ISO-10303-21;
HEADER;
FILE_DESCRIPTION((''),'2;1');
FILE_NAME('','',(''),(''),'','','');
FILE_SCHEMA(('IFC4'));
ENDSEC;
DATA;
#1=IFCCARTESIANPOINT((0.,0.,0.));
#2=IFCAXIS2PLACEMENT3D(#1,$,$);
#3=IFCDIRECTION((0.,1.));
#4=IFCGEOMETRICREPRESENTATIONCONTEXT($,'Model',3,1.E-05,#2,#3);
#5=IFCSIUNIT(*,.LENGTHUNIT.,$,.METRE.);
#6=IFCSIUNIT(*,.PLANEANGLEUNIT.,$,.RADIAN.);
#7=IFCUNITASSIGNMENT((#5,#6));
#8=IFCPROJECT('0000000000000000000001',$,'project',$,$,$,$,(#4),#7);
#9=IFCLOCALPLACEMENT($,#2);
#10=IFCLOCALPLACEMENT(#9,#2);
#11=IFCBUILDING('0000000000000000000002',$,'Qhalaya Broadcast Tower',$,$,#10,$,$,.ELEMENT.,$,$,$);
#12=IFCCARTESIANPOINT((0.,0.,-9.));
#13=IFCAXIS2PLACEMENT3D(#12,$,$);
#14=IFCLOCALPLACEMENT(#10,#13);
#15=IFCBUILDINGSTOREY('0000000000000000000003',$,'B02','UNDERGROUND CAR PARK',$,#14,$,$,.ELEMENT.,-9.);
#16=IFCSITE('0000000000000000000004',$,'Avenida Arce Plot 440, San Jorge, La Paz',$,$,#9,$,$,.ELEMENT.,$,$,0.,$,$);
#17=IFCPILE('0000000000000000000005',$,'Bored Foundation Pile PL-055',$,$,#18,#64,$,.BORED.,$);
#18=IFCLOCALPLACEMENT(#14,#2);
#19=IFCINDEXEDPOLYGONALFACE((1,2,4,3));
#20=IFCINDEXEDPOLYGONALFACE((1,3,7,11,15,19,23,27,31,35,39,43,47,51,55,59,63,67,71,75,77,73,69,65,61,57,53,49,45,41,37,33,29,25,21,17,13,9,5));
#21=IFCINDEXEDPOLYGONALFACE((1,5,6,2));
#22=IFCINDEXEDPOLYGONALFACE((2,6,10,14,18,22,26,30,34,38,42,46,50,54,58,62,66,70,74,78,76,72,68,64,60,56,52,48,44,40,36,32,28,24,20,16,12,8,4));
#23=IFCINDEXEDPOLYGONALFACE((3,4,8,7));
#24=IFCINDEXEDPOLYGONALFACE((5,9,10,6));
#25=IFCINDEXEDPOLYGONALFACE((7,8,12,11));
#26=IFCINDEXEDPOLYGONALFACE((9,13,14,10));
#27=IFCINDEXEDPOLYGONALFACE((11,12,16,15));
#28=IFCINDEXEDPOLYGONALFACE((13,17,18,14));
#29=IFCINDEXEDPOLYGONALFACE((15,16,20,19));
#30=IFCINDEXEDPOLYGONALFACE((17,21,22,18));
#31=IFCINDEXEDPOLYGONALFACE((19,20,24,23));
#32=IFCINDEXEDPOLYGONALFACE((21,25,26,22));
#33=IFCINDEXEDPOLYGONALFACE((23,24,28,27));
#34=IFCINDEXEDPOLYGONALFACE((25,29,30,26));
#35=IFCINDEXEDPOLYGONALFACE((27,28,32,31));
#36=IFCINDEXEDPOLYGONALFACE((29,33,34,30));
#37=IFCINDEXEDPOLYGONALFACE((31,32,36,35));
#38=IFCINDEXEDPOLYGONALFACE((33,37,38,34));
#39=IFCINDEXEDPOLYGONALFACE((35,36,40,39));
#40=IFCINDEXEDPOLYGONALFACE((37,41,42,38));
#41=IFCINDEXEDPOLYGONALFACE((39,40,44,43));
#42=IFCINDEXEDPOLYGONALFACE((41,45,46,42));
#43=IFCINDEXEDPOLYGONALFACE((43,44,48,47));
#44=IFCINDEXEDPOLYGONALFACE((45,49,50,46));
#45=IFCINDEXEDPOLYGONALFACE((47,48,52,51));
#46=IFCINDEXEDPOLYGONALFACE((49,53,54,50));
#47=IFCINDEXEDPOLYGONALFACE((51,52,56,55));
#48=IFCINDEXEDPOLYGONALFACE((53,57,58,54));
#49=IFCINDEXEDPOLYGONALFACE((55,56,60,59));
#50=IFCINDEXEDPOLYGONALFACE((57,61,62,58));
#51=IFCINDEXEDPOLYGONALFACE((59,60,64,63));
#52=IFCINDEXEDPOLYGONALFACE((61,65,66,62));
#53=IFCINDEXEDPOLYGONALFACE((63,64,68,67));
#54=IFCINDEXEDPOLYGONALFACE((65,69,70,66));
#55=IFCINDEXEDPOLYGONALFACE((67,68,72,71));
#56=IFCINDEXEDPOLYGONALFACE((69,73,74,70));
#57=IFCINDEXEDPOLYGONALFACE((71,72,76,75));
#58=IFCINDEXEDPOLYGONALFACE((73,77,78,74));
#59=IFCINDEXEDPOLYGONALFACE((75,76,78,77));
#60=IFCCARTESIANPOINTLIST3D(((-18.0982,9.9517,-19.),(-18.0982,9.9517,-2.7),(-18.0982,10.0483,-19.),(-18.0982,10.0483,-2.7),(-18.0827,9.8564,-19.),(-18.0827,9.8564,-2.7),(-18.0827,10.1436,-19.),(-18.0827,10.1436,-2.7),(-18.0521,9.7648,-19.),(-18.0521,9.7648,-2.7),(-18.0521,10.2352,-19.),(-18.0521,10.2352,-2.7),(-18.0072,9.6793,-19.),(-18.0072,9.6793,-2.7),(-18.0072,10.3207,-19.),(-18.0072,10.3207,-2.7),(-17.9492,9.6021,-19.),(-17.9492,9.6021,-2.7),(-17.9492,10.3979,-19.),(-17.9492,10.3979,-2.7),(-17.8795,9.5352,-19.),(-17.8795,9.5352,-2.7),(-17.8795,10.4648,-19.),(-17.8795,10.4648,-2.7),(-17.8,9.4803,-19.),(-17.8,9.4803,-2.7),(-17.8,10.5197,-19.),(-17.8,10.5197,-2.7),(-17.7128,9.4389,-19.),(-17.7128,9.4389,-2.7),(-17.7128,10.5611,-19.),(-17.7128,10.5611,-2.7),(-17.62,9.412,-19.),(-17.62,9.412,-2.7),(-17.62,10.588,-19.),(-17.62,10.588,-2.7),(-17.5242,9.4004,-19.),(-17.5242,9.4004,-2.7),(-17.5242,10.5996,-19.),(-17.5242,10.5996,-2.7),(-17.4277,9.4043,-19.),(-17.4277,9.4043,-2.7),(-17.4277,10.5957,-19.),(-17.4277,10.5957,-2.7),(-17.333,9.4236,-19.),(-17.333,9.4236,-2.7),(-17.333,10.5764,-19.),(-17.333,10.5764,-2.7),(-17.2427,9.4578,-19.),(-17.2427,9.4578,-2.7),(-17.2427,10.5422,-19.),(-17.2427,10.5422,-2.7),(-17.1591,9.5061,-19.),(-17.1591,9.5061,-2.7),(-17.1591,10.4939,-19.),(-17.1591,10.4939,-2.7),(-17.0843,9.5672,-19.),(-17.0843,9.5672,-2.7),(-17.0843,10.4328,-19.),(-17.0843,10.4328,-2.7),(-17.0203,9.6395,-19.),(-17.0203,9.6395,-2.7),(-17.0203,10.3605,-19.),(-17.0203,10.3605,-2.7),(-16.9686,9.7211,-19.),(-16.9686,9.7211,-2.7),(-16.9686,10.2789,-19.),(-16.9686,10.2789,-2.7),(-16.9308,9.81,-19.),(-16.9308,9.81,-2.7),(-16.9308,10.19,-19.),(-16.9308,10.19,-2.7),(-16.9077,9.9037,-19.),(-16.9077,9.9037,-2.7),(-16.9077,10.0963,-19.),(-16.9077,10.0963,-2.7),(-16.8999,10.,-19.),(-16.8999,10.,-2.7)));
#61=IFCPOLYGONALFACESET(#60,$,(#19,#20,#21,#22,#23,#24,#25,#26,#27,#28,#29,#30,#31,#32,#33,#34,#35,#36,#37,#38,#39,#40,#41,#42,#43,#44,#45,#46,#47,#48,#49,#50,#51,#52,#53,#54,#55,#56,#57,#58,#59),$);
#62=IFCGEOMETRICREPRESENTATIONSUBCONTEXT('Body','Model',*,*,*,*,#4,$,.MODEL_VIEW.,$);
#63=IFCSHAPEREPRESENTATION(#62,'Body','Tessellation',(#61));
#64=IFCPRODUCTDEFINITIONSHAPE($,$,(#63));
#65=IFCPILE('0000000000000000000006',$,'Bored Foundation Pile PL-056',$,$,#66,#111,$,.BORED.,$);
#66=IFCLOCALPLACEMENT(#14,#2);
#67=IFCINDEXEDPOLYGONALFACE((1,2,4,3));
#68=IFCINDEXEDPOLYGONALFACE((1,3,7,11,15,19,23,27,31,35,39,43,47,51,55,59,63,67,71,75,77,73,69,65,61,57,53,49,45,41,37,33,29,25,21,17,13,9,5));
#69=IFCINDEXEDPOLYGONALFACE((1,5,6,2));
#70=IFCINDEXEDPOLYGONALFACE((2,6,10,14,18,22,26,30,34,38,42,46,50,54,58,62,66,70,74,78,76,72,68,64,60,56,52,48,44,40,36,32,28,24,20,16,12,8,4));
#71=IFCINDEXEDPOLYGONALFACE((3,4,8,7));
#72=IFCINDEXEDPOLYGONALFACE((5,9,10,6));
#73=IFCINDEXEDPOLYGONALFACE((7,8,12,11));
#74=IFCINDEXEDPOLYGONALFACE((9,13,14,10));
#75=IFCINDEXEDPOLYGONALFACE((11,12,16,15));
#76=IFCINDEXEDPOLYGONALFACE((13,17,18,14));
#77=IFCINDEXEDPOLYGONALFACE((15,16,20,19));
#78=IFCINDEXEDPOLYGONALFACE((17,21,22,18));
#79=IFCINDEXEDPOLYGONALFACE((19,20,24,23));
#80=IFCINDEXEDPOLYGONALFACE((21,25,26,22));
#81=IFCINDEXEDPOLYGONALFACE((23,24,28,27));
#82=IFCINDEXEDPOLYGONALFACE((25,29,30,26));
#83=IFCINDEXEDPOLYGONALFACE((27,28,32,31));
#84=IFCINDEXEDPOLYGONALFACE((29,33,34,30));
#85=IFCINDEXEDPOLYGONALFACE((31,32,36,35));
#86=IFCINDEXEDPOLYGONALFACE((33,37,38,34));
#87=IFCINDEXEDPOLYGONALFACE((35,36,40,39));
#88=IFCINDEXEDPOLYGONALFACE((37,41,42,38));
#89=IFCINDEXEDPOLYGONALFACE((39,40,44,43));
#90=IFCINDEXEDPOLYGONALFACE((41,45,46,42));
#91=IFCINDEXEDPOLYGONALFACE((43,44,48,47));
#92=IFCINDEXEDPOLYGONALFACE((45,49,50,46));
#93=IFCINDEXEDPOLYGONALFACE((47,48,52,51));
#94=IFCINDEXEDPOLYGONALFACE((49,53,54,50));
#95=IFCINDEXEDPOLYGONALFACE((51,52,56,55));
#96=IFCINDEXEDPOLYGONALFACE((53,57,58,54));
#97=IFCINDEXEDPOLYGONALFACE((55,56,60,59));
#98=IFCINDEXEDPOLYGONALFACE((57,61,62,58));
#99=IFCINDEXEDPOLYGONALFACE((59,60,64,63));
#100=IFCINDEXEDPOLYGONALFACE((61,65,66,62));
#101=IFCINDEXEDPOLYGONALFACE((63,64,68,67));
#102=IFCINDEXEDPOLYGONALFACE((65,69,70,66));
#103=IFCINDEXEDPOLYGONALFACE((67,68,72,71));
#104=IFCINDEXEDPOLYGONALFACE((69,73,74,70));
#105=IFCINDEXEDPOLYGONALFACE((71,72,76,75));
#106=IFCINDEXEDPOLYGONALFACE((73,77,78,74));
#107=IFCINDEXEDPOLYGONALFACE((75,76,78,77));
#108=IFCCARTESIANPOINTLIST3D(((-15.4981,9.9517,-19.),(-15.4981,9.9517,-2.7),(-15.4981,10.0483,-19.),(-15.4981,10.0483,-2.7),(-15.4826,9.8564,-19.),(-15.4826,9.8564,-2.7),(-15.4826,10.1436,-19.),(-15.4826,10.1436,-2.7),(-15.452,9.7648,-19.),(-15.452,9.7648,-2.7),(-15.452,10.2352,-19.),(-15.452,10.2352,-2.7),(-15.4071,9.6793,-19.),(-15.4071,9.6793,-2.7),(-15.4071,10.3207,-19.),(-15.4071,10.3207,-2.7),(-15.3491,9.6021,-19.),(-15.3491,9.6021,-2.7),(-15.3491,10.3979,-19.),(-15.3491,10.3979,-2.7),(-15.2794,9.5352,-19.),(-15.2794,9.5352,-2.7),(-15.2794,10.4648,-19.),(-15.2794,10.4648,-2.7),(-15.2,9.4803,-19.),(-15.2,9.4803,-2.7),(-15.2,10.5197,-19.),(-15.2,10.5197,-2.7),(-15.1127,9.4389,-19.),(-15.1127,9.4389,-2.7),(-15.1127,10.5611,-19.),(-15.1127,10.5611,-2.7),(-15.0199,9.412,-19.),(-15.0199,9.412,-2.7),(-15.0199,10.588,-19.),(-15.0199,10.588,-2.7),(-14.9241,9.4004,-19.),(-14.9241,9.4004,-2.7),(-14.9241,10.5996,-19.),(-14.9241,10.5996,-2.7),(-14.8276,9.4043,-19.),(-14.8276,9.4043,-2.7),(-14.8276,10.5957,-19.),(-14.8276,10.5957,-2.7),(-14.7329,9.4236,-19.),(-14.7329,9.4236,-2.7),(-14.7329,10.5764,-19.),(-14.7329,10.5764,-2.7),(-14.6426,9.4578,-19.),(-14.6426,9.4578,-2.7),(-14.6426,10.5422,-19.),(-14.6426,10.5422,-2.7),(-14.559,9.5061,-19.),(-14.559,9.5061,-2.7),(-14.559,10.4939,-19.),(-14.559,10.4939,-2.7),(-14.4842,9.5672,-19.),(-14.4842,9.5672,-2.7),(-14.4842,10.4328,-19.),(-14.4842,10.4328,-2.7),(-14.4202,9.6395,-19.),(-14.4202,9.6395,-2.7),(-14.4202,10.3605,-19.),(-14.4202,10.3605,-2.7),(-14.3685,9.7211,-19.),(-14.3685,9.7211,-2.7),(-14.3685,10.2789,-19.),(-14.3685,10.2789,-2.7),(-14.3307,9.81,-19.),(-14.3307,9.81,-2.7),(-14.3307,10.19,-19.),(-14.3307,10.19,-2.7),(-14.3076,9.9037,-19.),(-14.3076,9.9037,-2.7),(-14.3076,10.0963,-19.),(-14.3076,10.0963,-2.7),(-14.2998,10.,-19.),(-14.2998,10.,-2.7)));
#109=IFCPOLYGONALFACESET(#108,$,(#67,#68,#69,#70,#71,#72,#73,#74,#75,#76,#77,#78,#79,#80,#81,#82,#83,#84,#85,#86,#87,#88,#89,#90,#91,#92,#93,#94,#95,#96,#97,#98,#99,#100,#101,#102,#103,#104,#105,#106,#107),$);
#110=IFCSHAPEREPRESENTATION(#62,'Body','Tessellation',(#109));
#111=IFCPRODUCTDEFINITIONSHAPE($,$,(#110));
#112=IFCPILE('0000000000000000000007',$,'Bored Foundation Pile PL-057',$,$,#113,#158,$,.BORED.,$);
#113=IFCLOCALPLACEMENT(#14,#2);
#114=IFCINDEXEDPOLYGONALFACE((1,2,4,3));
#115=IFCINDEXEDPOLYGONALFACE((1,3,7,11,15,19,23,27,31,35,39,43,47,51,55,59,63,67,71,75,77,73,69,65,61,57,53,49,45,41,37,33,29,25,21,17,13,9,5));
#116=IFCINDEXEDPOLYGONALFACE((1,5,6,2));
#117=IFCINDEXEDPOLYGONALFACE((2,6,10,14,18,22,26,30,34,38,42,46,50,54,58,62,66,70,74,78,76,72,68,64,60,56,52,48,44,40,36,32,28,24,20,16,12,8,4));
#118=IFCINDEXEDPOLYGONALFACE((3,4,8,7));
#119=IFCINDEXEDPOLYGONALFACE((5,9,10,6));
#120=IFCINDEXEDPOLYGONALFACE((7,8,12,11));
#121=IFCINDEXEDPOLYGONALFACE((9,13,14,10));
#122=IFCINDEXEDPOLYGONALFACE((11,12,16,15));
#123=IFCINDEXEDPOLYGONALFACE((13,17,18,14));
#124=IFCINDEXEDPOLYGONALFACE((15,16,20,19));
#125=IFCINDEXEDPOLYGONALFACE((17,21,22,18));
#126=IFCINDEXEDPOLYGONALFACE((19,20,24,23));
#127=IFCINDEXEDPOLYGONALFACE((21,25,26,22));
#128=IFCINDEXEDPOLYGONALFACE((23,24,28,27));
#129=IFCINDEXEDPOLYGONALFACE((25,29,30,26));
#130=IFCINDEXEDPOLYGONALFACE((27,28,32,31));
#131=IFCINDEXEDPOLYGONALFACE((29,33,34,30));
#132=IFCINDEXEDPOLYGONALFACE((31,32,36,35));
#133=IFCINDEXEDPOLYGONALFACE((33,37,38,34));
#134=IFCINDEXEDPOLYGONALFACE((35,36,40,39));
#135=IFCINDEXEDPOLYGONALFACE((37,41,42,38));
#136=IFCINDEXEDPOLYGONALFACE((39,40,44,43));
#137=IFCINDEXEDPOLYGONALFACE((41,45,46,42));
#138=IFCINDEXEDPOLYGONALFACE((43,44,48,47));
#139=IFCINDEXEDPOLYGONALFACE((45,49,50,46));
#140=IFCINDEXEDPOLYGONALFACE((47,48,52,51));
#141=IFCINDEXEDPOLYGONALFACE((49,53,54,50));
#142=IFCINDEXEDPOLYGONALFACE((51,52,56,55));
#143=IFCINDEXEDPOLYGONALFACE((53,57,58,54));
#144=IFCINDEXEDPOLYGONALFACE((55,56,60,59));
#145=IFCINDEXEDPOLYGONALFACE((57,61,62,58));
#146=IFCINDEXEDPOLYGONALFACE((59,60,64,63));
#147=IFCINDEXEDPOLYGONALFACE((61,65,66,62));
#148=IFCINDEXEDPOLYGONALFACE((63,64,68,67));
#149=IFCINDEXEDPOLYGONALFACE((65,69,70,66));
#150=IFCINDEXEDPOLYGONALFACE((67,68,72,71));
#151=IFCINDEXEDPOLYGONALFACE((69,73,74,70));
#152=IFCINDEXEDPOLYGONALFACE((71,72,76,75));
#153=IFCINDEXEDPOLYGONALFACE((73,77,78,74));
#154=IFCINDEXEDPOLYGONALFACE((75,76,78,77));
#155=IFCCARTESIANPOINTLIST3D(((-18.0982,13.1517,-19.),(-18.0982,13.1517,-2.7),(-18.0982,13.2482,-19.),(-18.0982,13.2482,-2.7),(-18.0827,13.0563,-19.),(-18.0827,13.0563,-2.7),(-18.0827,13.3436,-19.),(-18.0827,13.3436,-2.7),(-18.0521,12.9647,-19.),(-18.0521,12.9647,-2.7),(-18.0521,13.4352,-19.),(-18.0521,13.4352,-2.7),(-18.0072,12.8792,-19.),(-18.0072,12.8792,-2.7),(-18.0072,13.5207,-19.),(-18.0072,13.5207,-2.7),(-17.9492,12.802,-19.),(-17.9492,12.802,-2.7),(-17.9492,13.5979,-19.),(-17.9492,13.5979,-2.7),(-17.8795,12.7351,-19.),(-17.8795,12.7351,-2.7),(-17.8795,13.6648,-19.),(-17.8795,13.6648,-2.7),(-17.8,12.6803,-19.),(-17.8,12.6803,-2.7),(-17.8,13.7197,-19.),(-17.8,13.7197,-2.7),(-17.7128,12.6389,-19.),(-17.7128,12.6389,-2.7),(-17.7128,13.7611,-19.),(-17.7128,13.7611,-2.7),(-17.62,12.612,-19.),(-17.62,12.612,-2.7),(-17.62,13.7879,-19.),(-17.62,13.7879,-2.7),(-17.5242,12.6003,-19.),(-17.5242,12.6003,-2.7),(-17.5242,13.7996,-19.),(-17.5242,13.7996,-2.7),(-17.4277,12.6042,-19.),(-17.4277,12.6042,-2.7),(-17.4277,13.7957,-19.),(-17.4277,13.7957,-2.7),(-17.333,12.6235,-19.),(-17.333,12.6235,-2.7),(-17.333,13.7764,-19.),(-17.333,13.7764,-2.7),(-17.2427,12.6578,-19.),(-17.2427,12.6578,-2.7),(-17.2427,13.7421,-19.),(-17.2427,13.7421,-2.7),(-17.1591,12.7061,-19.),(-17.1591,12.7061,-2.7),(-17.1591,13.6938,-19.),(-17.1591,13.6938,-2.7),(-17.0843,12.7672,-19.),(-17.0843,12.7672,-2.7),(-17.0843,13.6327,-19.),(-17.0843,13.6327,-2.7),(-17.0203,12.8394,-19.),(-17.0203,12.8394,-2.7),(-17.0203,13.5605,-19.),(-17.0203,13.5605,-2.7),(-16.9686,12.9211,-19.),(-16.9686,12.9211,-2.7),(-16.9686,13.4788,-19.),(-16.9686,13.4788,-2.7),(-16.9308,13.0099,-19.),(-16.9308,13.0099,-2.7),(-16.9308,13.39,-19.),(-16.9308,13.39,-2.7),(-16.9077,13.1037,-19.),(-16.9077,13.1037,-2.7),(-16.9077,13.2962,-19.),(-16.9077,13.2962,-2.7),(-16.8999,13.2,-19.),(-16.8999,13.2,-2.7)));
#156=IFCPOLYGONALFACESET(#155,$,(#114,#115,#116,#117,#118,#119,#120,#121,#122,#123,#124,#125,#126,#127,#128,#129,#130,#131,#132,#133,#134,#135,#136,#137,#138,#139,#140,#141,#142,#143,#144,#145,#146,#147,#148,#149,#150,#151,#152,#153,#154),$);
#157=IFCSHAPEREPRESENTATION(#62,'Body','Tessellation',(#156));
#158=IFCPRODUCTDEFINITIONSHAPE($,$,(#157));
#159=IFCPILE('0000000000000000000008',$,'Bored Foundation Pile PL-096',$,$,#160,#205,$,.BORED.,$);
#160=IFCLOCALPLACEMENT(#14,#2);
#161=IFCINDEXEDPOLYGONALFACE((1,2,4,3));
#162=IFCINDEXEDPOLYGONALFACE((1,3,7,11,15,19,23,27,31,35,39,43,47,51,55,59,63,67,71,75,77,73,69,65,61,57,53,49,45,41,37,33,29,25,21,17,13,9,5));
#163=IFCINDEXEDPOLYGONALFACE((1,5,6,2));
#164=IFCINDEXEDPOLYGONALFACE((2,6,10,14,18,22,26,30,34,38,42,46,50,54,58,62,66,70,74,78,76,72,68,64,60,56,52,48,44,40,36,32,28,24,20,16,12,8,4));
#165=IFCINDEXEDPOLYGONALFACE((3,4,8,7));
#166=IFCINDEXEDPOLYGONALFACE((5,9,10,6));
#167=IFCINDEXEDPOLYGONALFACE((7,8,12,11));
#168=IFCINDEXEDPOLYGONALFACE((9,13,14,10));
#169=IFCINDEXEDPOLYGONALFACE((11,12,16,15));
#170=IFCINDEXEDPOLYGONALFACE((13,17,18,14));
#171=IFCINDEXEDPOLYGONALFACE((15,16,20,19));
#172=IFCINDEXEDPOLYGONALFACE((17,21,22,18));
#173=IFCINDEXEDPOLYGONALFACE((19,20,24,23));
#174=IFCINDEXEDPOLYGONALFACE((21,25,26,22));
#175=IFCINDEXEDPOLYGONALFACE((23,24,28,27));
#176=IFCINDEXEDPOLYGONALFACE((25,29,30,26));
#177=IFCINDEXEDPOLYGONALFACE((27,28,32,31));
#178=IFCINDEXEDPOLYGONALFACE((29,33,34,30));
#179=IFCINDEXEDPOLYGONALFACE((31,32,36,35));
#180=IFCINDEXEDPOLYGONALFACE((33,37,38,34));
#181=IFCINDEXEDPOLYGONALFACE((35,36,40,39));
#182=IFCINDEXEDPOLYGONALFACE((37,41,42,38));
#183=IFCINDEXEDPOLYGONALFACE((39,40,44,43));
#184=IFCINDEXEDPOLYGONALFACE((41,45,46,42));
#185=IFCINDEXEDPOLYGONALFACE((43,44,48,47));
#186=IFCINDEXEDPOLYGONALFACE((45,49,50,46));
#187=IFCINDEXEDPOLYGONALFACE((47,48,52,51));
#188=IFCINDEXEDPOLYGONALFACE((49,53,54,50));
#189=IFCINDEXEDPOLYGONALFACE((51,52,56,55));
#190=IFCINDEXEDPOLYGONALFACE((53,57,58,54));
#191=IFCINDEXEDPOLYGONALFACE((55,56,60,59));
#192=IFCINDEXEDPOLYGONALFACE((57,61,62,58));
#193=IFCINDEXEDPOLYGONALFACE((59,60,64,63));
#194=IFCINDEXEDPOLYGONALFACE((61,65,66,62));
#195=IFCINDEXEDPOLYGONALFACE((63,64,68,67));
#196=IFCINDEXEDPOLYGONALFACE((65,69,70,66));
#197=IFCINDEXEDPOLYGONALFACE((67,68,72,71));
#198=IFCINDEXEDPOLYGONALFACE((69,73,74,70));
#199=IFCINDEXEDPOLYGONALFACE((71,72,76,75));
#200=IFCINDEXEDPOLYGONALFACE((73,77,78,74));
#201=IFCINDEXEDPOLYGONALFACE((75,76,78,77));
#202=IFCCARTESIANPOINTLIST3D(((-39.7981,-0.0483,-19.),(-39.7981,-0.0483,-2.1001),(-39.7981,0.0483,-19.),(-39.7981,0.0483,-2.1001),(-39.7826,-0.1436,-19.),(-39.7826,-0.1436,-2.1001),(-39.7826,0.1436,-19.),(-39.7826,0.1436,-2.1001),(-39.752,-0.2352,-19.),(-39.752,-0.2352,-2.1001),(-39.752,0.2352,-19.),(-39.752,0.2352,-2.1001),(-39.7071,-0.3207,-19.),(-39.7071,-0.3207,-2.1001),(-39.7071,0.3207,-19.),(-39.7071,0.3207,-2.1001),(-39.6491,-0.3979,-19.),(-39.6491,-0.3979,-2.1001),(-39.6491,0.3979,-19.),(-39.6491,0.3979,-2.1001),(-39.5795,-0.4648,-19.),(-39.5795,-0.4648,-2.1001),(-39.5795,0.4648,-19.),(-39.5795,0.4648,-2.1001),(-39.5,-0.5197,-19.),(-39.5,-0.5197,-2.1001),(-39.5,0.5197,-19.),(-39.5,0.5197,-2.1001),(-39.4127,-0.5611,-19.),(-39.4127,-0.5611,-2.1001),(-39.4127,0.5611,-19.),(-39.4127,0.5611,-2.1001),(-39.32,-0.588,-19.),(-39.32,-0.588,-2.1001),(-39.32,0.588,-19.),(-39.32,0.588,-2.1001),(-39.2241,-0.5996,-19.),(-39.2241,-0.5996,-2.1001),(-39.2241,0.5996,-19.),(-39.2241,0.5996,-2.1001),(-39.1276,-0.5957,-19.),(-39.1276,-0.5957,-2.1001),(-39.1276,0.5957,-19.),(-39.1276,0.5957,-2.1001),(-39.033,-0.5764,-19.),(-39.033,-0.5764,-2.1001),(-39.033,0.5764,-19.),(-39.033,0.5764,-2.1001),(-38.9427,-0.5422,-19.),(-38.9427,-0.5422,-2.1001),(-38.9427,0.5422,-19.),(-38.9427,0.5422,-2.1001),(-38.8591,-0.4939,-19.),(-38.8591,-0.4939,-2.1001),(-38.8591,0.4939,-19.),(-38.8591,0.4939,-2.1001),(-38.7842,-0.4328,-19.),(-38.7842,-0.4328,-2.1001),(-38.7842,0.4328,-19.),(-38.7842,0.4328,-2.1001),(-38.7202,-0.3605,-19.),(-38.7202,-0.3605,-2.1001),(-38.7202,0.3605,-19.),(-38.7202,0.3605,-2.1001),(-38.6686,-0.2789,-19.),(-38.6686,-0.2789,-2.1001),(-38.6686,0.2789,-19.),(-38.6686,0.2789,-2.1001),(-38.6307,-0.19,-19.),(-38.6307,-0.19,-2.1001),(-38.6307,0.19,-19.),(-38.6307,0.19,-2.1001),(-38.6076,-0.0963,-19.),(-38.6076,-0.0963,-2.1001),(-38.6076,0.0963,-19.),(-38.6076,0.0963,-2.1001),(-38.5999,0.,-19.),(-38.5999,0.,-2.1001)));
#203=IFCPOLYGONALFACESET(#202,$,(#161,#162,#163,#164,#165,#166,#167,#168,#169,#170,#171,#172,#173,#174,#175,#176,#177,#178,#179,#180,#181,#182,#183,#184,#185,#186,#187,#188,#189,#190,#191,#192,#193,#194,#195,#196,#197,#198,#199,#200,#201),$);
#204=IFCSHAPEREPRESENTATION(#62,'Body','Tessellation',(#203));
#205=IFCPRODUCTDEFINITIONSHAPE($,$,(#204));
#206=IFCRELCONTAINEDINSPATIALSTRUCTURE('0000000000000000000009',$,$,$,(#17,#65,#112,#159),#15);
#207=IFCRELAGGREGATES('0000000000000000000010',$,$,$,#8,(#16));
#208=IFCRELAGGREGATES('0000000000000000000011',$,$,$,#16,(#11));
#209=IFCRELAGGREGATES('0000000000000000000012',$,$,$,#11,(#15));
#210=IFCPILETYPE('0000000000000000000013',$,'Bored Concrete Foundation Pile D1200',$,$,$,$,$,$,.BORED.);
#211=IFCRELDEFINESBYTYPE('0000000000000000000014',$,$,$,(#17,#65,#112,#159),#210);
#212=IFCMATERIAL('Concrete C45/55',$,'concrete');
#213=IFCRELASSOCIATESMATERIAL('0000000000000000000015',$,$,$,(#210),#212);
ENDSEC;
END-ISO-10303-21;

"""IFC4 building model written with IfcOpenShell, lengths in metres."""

from ifc_helpers import new_model, si_unit, direction, frame, origin, origin_2d, place, context, subcontext, project, spatial, circle, extrude, material, material_profile, profile_set, type_object, element, save


model = new_model("IFC4")

# Units and contexts
model_context = context("Model", 3, precision=1e-05, world=origin(), true_north=direction((0.0, 1.0)))
body_context = subcontext(model_context, "Body", "Model", "MODEL_VIEW")
ifc_project = project(units=[si_unit("LENGTHUNIT", "METRE"), si_unit("PLANEANGLEUNIT", "RADIAN")], contexts=[model_context])

# Site, building, storey
site_placement = place(None, origin())
site = spatial("IfcSite", under=ifc_project, at=site_placement, Name="Avenida Arce Plot 440, San Jorge, La Paz", CompositionType="ELEMENT", RefElevation=0.0)
building_placement = place(site_placement, origin())
building = spatial("IfcBuilding", under=site, at=building_placement, Name="Qhalaya Broadcast Tower", CompositionType="ELEMENT")
storey_placement = place(building_placement, frame((0.0, 0.0, -9.0)))
storey = spatial("IfcBuildingStorey", under=building, at=storey_placement, Name="B02", Description="UNDERGROUND CAR PARK", CompositionType="ELEMENT", Elevation=-9.0)

# Piles
ifc_material_1 = material(Name="Concrete C45/55", Category="concrete")
ifc_material_profile_1 = material_profile(ifc_material_1, circle(Radius=0.6001, at=origin_2d()), Name="PILE D1200")
ifc_profile_set_1 = profile_set([ifc_material_profile_1], Name="Concrete C45/55")
pile_type = type_object("IfcPileType", Name="Bored Concrete Foundation Pile D1200", PredefinedType="BORED", material=ifc_profile_set_1)
for number, where, z_axis, x_axis, name in (
    (1, (-17.5, 10.0, -2.7), (0.0, 0.0, -1.0), (1.0, 0.0, 0.0), "Bored Foundation Pile PL-055"),
    (2, (-14.8999, 10.0, -2.7), (0.0, 0.0, -1.0), (1.0, 0.0, 0.0), "Bored Foundation Pile PL-056"),
    (3, (-17.5, 13.2, -2.7), (0.0, 0.0, -1.0), (1.0, 0.0, 0.0), "Bored Foundation Pile PL-057"),
):
    element("IfcPile", number, at=place(storey_placement, frame(where, z_axis=z_axis, x_axis=x_axis)), inside=storey, type_object=pile_type, Name=name, PredefinedType="BORED", context=body_context, shape_type="SweptSolid", body=[
        extrude(circle(Radius=0.6001, at=origin_2d()), origin(), (0.0, 0.0, 1.0), 16.3),
    ])
for number, where, z_axis, x_axis, name in (
    (4, (-39.2, 0.0, -2.1001), (0.0, 0.0, -1.0), (1.0, 0.0, 0.0), "Bored Foundation Pile PL-096"),
):
    element("IfcPile", number, at=place(storey_placement, frame(where, z_axis=z_axis, x_axis=x_axis)), inside=storey, type_object=pile_type, Name=name, PredefinedType="BORED", context=body_context, shape_type="SweptSolid", body=[
        extrude(circle(Radius=0.6001, at=origin_2d()), origin(), (0.0, 0.0, 1.0), 16.8999),
    ])

save(model, "model.ifc")
